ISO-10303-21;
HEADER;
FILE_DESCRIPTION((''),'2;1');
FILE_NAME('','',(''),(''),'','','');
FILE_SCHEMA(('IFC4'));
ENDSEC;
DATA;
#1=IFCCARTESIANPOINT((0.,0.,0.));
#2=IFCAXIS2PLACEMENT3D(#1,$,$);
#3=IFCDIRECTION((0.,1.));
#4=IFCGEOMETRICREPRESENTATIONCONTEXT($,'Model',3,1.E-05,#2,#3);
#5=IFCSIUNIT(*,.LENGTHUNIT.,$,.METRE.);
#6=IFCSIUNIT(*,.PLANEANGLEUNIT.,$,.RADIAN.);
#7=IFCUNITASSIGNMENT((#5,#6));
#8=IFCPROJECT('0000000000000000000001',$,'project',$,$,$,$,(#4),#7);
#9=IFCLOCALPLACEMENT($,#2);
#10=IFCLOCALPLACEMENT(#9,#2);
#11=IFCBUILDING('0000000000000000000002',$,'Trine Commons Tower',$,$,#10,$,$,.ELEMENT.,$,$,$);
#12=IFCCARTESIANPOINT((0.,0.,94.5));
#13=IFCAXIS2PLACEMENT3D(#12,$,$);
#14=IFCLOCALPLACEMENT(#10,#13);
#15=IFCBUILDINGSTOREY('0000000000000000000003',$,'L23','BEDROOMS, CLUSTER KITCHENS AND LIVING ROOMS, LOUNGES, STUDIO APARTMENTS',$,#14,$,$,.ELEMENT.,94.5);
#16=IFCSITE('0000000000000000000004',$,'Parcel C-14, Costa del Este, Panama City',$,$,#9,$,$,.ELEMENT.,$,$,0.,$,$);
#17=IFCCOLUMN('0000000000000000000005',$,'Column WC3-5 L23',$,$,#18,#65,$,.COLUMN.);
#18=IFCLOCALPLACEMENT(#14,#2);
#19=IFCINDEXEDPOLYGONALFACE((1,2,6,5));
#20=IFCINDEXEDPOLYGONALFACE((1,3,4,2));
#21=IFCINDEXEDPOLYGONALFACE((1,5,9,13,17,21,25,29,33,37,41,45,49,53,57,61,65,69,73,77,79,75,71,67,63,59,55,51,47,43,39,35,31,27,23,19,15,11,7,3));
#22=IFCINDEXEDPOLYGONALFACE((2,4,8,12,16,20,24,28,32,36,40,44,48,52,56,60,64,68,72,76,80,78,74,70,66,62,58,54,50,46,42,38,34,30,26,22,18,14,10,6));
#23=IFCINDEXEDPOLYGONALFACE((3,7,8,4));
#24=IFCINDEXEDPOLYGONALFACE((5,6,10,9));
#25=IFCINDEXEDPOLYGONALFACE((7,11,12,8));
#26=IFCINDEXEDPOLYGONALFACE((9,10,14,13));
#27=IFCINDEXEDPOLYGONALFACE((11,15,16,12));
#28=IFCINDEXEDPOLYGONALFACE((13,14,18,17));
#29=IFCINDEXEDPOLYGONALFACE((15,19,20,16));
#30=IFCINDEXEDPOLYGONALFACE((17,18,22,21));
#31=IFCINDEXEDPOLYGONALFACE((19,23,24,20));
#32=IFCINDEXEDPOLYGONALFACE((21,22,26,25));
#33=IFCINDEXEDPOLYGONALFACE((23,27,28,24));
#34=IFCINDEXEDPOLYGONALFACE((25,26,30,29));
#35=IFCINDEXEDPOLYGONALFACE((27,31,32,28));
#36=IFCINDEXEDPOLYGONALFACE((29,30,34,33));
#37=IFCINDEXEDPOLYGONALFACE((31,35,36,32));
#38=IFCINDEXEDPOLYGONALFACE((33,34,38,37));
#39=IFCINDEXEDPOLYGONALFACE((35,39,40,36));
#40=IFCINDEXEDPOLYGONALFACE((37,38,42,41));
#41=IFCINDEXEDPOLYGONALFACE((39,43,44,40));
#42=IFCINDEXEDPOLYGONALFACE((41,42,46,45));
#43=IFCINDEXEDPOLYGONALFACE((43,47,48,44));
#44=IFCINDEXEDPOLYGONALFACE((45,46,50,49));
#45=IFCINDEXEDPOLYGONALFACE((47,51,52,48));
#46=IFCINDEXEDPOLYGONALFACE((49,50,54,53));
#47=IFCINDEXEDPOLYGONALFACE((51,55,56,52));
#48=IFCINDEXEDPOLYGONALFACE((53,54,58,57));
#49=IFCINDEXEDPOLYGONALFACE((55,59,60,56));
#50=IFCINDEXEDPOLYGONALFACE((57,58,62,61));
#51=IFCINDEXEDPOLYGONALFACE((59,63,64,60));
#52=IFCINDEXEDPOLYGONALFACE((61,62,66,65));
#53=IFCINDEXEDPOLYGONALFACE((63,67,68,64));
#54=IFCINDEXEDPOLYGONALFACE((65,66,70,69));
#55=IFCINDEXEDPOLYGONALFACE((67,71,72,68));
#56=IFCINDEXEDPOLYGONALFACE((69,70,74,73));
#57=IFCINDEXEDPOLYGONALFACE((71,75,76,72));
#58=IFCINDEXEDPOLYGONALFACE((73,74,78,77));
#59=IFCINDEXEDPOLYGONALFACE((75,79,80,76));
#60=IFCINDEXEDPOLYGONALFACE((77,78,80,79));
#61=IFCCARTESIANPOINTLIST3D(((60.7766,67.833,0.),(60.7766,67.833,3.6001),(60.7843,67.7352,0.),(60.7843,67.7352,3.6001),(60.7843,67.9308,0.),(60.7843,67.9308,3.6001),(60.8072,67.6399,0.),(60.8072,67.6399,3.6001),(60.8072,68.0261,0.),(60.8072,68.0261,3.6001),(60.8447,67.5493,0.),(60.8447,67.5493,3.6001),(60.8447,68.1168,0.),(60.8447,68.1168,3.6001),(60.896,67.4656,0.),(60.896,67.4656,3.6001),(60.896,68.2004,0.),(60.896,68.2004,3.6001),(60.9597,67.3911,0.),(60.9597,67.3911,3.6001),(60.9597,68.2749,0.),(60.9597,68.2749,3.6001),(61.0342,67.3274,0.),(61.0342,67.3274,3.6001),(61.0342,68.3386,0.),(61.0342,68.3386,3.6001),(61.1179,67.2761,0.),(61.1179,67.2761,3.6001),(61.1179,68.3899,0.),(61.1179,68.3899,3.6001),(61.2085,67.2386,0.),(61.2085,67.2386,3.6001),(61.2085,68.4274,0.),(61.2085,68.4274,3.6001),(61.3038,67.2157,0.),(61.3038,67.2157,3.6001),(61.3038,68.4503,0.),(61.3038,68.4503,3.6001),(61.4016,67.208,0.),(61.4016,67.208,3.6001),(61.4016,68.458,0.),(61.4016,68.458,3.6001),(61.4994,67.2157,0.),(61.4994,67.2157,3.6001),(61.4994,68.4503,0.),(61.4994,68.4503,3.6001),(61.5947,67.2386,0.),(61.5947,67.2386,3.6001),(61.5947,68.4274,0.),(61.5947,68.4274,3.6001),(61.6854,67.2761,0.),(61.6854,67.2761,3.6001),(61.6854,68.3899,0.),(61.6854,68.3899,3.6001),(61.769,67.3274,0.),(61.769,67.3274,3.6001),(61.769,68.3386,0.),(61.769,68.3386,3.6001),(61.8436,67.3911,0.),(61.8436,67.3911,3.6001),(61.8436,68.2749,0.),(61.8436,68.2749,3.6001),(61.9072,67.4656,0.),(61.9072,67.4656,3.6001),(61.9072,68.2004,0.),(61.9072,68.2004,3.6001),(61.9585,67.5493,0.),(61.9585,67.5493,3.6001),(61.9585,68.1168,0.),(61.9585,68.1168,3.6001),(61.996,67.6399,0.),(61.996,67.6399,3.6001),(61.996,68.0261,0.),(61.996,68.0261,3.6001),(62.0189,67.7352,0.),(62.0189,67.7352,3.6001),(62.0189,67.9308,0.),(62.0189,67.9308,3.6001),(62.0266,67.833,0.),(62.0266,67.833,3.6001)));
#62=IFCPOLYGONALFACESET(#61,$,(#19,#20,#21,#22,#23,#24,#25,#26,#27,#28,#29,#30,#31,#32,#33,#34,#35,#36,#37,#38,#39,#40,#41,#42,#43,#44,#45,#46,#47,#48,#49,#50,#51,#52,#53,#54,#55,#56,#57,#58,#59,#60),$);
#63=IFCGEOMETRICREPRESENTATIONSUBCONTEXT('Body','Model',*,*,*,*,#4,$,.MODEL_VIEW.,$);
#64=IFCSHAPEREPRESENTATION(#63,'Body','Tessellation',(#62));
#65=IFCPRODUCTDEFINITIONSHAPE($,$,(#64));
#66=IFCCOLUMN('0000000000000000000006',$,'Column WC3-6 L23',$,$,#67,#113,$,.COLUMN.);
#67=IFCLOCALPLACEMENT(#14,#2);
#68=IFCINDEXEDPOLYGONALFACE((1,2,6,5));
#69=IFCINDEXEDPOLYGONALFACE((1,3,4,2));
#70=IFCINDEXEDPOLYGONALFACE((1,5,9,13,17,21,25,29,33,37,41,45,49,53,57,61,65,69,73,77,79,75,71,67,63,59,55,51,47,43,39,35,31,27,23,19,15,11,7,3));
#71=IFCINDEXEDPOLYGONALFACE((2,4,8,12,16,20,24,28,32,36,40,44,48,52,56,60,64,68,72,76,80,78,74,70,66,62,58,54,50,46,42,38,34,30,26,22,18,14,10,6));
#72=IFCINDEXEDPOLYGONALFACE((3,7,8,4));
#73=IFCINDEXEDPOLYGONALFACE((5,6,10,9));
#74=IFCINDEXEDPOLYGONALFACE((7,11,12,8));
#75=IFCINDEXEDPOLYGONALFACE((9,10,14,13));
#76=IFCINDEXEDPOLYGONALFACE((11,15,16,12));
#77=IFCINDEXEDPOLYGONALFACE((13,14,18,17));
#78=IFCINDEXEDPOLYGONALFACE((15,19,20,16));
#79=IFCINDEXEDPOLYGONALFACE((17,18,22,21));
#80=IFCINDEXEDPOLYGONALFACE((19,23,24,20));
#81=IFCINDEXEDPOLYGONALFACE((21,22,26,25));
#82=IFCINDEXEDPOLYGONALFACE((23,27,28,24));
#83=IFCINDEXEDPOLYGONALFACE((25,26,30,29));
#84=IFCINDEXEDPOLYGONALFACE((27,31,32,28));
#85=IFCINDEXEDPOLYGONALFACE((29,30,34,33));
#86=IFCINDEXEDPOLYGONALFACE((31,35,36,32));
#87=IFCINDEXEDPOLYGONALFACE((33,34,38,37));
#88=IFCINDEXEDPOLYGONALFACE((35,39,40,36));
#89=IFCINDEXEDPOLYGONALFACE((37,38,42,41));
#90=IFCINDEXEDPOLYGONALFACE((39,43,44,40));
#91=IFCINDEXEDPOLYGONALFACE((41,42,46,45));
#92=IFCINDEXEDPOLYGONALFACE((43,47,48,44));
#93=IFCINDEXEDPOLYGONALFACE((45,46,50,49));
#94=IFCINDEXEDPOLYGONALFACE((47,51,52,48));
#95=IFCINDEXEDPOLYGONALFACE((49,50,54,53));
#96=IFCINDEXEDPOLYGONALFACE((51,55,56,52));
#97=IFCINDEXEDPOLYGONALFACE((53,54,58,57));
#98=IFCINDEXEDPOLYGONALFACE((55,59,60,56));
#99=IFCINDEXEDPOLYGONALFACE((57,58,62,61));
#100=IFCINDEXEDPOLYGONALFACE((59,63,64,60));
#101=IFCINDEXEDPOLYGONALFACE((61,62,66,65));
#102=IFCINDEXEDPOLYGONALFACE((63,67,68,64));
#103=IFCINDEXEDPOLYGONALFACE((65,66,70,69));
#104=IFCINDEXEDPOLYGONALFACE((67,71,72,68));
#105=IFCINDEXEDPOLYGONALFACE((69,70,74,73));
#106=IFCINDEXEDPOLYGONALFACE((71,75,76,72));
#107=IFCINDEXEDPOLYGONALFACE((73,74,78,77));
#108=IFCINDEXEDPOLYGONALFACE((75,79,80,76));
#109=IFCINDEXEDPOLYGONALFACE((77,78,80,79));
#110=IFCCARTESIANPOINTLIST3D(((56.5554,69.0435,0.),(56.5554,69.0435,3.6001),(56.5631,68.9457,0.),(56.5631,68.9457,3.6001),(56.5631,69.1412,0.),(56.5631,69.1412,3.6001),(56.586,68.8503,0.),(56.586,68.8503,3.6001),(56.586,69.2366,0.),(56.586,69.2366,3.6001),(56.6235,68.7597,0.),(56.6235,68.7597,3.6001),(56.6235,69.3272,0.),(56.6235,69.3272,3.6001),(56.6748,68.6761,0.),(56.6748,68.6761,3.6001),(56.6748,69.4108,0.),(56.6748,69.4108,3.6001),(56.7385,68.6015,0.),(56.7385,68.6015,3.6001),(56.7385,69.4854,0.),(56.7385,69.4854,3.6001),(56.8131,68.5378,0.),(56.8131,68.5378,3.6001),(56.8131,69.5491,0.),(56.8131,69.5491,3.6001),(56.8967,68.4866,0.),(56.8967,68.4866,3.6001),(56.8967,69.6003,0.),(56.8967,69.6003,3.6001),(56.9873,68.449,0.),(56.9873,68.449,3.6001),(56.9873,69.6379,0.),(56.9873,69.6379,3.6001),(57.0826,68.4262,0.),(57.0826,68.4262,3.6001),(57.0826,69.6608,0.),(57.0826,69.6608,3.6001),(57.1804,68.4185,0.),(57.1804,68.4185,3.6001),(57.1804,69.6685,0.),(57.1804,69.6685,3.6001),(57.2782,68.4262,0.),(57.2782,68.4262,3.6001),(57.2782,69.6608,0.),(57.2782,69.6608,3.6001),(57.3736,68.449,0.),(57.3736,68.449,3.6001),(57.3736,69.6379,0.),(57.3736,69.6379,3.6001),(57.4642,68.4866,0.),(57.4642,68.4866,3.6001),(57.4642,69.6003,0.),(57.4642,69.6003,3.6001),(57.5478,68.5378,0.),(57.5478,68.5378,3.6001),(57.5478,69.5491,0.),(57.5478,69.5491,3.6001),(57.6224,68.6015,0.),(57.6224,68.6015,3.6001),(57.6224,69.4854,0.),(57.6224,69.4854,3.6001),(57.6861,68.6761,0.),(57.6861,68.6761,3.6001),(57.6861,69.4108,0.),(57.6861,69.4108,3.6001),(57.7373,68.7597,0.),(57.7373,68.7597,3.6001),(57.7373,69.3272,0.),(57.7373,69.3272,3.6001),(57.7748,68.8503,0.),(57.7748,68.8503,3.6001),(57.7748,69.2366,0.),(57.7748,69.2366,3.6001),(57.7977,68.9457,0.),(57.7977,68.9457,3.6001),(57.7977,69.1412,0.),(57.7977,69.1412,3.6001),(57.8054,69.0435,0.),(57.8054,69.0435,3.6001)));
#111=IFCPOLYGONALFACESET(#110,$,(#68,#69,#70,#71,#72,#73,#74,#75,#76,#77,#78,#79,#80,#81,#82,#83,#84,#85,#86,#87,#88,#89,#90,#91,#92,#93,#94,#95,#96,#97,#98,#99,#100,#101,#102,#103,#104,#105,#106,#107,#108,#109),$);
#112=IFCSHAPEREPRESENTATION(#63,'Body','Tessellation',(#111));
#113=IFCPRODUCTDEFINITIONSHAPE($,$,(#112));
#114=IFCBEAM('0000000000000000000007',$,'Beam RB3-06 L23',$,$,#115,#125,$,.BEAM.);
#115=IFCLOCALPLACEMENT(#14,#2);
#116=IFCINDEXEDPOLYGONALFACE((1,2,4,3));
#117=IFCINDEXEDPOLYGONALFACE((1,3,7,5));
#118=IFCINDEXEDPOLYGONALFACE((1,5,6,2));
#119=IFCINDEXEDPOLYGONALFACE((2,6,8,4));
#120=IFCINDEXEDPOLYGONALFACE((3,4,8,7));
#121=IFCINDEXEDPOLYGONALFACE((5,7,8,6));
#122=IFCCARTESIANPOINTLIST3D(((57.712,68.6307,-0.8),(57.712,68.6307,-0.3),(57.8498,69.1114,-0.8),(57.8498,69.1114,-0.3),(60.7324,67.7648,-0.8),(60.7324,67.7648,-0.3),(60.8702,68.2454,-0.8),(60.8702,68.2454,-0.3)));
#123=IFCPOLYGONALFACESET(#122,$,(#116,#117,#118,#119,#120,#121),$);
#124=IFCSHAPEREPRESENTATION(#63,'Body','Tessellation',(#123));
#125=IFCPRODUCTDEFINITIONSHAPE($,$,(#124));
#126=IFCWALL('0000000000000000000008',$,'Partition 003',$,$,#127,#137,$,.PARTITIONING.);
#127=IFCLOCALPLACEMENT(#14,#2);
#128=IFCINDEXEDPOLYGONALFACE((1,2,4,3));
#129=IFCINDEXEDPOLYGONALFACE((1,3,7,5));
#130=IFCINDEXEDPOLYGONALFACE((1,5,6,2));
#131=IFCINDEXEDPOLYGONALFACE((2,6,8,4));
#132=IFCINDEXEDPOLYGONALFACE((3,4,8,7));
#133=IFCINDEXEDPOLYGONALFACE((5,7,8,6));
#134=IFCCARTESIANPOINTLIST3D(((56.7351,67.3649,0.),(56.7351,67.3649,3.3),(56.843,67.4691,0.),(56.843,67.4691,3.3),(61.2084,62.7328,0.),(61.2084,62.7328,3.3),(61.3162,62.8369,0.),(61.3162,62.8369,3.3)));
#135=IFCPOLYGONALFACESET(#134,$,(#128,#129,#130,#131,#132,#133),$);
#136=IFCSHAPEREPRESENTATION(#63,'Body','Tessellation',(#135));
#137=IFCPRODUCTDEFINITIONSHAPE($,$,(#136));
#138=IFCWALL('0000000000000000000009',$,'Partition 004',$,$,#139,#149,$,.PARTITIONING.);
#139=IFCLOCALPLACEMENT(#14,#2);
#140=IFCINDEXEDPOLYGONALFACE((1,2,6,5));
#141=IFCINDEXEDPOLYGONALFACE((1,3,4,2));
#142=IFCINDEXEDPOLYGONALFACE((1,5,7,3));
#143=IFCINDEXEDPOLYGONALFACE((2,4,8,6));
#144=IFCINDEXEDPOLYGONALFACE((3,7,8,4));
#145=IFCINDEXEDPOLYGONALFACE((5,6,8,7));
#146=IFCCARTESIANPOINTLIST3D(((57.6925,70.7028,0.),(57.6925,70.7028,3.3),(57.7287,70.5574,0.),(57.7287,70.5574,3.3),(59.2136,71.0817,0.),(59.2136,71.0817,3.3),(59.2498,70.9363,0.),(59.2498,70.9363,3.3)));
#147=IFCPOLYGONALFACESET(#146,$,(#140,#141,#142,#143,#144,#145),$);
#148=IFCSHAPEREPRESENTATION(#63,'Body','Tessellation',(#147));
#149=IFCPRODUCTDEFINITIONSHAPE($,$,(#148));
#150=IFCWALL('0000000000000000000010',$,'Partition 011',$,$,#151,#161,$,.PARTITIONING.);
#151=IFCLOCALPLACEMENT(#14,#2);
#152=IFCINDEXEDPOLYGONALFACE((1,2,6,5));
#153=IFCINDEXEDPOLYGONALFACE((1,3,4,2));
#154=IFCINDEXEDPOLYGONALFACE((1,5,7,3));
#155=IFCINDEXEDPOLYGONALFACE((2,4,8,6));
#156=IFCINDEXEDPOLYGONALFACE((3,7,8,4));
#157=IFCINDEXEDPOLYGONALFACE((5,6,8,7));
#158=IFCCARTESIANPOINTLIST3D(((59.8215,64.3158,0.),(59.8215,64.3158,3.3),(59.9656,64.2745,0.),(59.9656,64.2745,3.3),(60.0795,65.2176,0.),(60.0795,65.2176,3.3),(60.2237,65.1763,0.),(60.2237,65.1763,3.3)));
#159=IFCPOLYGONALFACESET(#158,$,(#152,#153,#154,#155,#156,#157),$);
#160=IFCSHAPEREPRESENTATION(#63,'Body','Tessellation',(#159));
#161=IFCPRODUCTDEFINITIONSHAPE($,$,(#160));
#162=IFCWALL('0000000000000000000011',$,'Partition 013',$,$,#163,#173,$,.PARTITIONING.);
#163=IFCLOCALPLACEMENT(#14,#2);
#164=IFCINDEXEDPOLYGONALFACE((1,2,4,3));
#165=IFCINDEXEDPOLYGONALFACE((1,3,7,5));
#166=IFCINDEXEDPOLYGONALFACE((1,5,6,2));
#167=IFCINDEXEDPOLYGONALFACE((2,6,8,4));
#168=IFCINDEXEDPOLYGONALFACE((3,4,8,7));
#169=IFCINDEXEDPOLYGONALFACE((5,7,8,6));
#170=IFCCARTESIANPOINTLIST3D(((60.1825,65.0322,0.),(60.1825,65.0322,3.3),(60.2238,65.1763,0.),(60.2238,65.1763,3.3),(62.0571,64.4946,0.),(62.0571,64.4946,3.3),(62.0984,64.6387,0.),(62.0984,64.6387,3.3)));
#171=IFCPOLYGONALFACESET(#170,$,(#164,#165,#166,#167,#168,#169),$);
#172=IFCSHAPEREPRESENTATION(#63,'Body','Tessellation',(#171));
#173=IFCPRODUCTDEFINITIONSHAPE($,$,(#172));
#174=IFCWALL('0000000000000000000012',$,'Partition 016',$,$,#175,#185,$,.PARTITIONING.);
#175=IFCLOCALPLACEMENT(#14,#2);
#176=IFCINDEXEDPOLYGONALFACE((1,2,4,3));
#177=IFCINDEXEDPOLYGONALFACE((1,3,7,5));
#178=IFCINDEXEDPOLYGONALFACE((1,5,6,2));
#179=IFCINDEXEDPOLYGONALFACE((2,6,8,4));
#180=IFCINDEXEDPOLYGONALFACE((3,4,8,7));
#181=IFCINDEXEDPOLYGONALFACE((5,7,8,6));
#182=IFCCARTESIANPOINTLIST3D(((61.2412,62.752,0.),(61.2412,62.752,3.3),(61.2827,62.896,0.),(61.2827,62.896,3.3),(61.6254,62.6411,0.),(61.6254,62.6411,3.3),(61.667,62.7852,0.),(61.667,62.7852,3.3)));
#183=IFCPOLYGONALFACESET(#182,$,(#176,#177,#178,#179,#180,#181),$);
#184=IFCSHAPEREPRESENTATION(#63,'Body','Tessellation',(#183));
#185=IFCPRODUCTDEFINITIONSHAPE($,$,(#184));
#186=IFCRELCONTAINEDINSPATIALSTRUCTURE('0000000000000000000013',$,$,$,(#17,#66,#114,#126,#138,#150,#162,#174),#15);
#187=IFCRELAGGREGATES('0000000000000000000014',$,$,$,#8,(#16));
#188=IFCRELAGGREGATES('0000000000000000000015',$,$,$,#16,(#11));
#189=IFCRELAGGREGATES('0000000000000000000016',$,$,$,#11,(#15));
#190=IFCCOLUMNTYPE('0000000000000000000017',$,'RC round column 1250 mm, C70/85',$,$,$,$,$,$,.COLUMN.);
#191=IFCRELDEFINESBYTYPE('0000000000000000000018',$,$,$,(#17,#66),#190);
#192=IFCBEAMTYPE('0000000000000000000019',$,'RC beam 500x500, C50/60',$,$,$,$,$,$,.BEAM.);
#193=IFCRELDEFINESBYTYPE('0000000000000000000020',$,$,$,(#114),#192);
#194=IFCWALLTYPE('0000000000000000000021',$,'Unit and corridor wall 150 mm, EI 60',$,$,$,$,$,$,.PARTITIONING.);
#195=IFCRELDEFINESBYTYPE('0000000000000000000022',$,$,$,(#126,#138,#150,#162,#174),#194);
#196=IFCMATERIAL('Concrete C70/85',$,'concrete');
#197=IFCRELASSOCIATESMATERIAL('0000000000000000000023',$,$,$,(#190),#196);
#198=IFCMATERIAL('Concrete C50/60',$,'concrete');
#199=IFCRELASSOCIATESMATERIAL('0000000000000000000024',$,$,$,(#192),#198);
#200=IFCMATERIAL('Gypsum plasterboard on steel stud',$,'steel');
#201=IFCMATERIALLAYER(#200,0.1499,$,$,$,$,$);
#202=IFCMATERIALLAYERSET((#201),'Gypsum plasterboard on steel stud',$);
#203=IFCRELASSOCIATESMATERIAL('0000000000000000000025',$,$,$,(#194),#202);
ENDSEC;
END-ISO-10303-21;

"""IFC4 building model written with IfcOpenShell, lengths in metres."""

from ifc_helpers import new_model, si_unit, direction, frame, frame_2d, origin, origin_2d, place, context, subcontext, project, spatial, rectangle, circle, extrude, material, layer, layer_set, material_profile, profile_set, type_object, element, save


model = new_model("IFC4")

# Units and contexts
model_context = context("Model", 3, precision=1e-05, world=origin(), true_north=direction((0.0, 1.0)))
body_context = subcontext(model_context, "Body", "Model", "MODEL_VIEW")
ifc_project = project(units=[si_unit("LENGTHUNIT", "METRE"), si_unit("PLANEANGLEUNIT", "RADIAN")], contexts=[model_context])

# Site, building, storey
site_placement = place(None, origin())
site = spatial("IfcSite", under=ifc_project, at=site_placement, Name="Parcel C-14, Costa del Este, Panama City", CompositionType="ELEMENT", RefElevation=0.0)
building_placement = place(site_placement, origin())
building = spatial("IfcBuilding", under=site, at=building_placement, Name="Trine Commons Tower", CompositionType="ELEMENT")
storey_placement = place(building_placement, frame((0.0, 0.0, 94.5)))
storey = spatial("IfcBuildingStorey", under=building, at=storey_placement, Name="L23", Description="BEDROOMS, CLUSTER KITCHENS AND LIVING ROOMS, LOUNGES, STUDIO APARTMENTS", CompositionType="ELEMENT", Elevation=94.5)

# Columns
ifc_material_1 = material(Name="Concrete C70/85", Category="concrete")
ifc_material_profile_1 = material_profile(ifc_material_1, circle(Radius=0.625, at=origin_2d()), Name="RC round 1250")
ifc_profile_set_1 = profile_set([ifc_material_profile_1], Name="Concrete C70/85")
column_type = type_object("IfcColumnType", Name="RC round column 1250 mm, C70/85", PredefinedType="COLUMN", material=ifc_profile_set_1)
for number, where, z_axis, x_axis, name in (
    (1, (61.4016, 67.833, 0.0), (0.0, 0.0, 1.0), (1.0, 0.0, 0.0), "Column WC3-5 L23"),
    (2, (57.1804, 69.0435, 0.0), (0.0, 0.0, 1.0), (1.0, 0.0, 0.0), "Column WC3-6 L23"),
):
    element("IfcColumn", number, at=place(storey_placement, frame(where, z_axis=z_axis, x_axis=x_axis)), inside=storey, type_object=column_type, Name=name, PredefinedType="COLUMN", context=body_context, shape_type="SweptSolid", body=[
        extrude(circle(Radius=0.625, at=origin_2d()), origin(), (0.0, 0.0, 1.0), 3.6001),
    ])

# Beam
ifc_material_2 = material(Name="Concrete C50/60", Category="concrete")
ifc_material_profile_2 = material_profile(ifc_material_2, rectangle(XDim=0.5, YDim=0.5, at=origin_2d()), Name="RC 500x500")
ifc_profile_set_2 = profile_set([ifc_material_profile_2], Name="Concrete C50/60")
beam_type = type_object("IfcBeamType", Name="RC beam 500x500, C50/60", PredefinedType="BEAM", material=ifc_profile_set_2)
beam_placement = place(storey_placement, frame((60.8013, 68.0051, -0.55), z_axis=(-0.961274, 0.275593, 0.0), x_axis=(-0.275593, -0.961274, 0.0)))
element("IfcBeam", 3, at=beam_placement, inside=storey, type_object=beam_type, Name="Beam RB3-06 L23", PredefinedType="BEAM", context=body_context, shape_type="SweptSolid", body=[
    extrude(rectangle(XDim=0.5, YDim=0.5, at=origin_2d()), origin(), (0.0, 0.0, 1.0), 3.1421),
])

# Walls
ifc_material_3 = material(Name="Gypsum plasterboard on steel stud", Category="steel")
ifc_layer_1 = layer(ifc_material_3, 0.1499)
ifc_layer_set_1 = layer_set([ifc_layer_1], Name="Gypsum plasterboard on steel stud")
wall_type_1 = type_object("IfcWallType", Name="Unit and corridor wall 150 mm, EI 60", PredefinedType="PARTITIONING", material=ifc_layer_set_1)
wall_1_placement = place(storey_placement, frame((56.7891, 67.417, 0.0), z_axis=(0.0, 0.0, 1.0), x_axis=(0.694658, -0.71934, 0.0)))
element("IfcWall", 4, at=wall_1_placement, inside=storey, type_object=wall_type_1, Name="Partition 003", PredefinedType="PARTITIONING", context=body_context, shape_type="SweptSolid", body=[
    extrude(rectangle(XDim=6.4395, YDim=0.1499, at=frame_2d((3.2197, 0.0))), origin(), (0.0, 0.0, 1.0), 3.3),
])
wall_2_placement = place(storey_placement, frame((57.7107, 70.6301, 0.0), z_axis=(0.0, 0.0, 1.0), x_axis=(0.970353, 0.241693, 0.0)))
element("IfcWall", 5, at=wall_2_placement, inside=storey, type_object=wall_type_1, Name="Partition 004", PredefinedType="PARTITIONING", context=body_context, shape_type="SweptSolid", body=[
    extrude(rectangle(XDim=1.5676, YDim=0.1499, at=frame_2d((0.7837, 0.0))), origin(), (0.0, 0.0, 1.0), 3.3),
])
wall_3_placement = place(storey_placement, frame((59.8936, 64.2952, 0.0), z_axis=(0.0, 0.0, 1.0), x_axis=(0.275099, 0.961416, 0.0)))
element("IfcWall", 6, at=wall_3_placement, inside=storey, type_object=wall_type_1, Name="Partition 011", PredefinedType="PARTITIONING", context=body_context, shape_type="SweptSolid", body=[
    extrude(rectangle(XDim=0.938, YDim=0.1499, at=frame_2d((0.469, 0.0))), origin(), (0.0, 0.0, 1.0), 3.3),
])
wall_4_placement = place(storey_placement, frame((60.2031, 65.1042, 0.0), z_axis=(0.0, 0.0, 1.0), x_axis=(0.961259, -0.275647, 0.0)))
element("IfcWall", 7, at=wall_4_placement, inside=storey, type_object=wall_type_1, Name="Partition 013", PredefinedType="PARTITIONING", context=body_context, shape_type="SweptSolid", body=[
    extrude(rectangle(XDim=1.9502, YDim=0.1499, at=frame_2d((0.9751, 0.0))), origin(), (0.0, 0.0, 1.0), 3.3),
])
wall_5_placement = place(storey_placement, frame((61.262, 62.824, 0.0), z_axis=(0.0, 0.0, 1.0), x_axis=(0.96083, -0.277139, 0.0)))
element("IfcWall", 8, at=wall_5_placement, inside=storey, type_object=wall_type_1, Name="Partition 016", PredefinedType="PARTITIONING", context=body_context, shape_type="SweptSolid", body=[
    extrude(rectangle(XDim=0.3999, YDim=0.1499, at=frame_2d((0.2, 0.0))), origin(), (0.0, 0.0, 1.0), 3.3),
])

save(model, "model.ifc")
